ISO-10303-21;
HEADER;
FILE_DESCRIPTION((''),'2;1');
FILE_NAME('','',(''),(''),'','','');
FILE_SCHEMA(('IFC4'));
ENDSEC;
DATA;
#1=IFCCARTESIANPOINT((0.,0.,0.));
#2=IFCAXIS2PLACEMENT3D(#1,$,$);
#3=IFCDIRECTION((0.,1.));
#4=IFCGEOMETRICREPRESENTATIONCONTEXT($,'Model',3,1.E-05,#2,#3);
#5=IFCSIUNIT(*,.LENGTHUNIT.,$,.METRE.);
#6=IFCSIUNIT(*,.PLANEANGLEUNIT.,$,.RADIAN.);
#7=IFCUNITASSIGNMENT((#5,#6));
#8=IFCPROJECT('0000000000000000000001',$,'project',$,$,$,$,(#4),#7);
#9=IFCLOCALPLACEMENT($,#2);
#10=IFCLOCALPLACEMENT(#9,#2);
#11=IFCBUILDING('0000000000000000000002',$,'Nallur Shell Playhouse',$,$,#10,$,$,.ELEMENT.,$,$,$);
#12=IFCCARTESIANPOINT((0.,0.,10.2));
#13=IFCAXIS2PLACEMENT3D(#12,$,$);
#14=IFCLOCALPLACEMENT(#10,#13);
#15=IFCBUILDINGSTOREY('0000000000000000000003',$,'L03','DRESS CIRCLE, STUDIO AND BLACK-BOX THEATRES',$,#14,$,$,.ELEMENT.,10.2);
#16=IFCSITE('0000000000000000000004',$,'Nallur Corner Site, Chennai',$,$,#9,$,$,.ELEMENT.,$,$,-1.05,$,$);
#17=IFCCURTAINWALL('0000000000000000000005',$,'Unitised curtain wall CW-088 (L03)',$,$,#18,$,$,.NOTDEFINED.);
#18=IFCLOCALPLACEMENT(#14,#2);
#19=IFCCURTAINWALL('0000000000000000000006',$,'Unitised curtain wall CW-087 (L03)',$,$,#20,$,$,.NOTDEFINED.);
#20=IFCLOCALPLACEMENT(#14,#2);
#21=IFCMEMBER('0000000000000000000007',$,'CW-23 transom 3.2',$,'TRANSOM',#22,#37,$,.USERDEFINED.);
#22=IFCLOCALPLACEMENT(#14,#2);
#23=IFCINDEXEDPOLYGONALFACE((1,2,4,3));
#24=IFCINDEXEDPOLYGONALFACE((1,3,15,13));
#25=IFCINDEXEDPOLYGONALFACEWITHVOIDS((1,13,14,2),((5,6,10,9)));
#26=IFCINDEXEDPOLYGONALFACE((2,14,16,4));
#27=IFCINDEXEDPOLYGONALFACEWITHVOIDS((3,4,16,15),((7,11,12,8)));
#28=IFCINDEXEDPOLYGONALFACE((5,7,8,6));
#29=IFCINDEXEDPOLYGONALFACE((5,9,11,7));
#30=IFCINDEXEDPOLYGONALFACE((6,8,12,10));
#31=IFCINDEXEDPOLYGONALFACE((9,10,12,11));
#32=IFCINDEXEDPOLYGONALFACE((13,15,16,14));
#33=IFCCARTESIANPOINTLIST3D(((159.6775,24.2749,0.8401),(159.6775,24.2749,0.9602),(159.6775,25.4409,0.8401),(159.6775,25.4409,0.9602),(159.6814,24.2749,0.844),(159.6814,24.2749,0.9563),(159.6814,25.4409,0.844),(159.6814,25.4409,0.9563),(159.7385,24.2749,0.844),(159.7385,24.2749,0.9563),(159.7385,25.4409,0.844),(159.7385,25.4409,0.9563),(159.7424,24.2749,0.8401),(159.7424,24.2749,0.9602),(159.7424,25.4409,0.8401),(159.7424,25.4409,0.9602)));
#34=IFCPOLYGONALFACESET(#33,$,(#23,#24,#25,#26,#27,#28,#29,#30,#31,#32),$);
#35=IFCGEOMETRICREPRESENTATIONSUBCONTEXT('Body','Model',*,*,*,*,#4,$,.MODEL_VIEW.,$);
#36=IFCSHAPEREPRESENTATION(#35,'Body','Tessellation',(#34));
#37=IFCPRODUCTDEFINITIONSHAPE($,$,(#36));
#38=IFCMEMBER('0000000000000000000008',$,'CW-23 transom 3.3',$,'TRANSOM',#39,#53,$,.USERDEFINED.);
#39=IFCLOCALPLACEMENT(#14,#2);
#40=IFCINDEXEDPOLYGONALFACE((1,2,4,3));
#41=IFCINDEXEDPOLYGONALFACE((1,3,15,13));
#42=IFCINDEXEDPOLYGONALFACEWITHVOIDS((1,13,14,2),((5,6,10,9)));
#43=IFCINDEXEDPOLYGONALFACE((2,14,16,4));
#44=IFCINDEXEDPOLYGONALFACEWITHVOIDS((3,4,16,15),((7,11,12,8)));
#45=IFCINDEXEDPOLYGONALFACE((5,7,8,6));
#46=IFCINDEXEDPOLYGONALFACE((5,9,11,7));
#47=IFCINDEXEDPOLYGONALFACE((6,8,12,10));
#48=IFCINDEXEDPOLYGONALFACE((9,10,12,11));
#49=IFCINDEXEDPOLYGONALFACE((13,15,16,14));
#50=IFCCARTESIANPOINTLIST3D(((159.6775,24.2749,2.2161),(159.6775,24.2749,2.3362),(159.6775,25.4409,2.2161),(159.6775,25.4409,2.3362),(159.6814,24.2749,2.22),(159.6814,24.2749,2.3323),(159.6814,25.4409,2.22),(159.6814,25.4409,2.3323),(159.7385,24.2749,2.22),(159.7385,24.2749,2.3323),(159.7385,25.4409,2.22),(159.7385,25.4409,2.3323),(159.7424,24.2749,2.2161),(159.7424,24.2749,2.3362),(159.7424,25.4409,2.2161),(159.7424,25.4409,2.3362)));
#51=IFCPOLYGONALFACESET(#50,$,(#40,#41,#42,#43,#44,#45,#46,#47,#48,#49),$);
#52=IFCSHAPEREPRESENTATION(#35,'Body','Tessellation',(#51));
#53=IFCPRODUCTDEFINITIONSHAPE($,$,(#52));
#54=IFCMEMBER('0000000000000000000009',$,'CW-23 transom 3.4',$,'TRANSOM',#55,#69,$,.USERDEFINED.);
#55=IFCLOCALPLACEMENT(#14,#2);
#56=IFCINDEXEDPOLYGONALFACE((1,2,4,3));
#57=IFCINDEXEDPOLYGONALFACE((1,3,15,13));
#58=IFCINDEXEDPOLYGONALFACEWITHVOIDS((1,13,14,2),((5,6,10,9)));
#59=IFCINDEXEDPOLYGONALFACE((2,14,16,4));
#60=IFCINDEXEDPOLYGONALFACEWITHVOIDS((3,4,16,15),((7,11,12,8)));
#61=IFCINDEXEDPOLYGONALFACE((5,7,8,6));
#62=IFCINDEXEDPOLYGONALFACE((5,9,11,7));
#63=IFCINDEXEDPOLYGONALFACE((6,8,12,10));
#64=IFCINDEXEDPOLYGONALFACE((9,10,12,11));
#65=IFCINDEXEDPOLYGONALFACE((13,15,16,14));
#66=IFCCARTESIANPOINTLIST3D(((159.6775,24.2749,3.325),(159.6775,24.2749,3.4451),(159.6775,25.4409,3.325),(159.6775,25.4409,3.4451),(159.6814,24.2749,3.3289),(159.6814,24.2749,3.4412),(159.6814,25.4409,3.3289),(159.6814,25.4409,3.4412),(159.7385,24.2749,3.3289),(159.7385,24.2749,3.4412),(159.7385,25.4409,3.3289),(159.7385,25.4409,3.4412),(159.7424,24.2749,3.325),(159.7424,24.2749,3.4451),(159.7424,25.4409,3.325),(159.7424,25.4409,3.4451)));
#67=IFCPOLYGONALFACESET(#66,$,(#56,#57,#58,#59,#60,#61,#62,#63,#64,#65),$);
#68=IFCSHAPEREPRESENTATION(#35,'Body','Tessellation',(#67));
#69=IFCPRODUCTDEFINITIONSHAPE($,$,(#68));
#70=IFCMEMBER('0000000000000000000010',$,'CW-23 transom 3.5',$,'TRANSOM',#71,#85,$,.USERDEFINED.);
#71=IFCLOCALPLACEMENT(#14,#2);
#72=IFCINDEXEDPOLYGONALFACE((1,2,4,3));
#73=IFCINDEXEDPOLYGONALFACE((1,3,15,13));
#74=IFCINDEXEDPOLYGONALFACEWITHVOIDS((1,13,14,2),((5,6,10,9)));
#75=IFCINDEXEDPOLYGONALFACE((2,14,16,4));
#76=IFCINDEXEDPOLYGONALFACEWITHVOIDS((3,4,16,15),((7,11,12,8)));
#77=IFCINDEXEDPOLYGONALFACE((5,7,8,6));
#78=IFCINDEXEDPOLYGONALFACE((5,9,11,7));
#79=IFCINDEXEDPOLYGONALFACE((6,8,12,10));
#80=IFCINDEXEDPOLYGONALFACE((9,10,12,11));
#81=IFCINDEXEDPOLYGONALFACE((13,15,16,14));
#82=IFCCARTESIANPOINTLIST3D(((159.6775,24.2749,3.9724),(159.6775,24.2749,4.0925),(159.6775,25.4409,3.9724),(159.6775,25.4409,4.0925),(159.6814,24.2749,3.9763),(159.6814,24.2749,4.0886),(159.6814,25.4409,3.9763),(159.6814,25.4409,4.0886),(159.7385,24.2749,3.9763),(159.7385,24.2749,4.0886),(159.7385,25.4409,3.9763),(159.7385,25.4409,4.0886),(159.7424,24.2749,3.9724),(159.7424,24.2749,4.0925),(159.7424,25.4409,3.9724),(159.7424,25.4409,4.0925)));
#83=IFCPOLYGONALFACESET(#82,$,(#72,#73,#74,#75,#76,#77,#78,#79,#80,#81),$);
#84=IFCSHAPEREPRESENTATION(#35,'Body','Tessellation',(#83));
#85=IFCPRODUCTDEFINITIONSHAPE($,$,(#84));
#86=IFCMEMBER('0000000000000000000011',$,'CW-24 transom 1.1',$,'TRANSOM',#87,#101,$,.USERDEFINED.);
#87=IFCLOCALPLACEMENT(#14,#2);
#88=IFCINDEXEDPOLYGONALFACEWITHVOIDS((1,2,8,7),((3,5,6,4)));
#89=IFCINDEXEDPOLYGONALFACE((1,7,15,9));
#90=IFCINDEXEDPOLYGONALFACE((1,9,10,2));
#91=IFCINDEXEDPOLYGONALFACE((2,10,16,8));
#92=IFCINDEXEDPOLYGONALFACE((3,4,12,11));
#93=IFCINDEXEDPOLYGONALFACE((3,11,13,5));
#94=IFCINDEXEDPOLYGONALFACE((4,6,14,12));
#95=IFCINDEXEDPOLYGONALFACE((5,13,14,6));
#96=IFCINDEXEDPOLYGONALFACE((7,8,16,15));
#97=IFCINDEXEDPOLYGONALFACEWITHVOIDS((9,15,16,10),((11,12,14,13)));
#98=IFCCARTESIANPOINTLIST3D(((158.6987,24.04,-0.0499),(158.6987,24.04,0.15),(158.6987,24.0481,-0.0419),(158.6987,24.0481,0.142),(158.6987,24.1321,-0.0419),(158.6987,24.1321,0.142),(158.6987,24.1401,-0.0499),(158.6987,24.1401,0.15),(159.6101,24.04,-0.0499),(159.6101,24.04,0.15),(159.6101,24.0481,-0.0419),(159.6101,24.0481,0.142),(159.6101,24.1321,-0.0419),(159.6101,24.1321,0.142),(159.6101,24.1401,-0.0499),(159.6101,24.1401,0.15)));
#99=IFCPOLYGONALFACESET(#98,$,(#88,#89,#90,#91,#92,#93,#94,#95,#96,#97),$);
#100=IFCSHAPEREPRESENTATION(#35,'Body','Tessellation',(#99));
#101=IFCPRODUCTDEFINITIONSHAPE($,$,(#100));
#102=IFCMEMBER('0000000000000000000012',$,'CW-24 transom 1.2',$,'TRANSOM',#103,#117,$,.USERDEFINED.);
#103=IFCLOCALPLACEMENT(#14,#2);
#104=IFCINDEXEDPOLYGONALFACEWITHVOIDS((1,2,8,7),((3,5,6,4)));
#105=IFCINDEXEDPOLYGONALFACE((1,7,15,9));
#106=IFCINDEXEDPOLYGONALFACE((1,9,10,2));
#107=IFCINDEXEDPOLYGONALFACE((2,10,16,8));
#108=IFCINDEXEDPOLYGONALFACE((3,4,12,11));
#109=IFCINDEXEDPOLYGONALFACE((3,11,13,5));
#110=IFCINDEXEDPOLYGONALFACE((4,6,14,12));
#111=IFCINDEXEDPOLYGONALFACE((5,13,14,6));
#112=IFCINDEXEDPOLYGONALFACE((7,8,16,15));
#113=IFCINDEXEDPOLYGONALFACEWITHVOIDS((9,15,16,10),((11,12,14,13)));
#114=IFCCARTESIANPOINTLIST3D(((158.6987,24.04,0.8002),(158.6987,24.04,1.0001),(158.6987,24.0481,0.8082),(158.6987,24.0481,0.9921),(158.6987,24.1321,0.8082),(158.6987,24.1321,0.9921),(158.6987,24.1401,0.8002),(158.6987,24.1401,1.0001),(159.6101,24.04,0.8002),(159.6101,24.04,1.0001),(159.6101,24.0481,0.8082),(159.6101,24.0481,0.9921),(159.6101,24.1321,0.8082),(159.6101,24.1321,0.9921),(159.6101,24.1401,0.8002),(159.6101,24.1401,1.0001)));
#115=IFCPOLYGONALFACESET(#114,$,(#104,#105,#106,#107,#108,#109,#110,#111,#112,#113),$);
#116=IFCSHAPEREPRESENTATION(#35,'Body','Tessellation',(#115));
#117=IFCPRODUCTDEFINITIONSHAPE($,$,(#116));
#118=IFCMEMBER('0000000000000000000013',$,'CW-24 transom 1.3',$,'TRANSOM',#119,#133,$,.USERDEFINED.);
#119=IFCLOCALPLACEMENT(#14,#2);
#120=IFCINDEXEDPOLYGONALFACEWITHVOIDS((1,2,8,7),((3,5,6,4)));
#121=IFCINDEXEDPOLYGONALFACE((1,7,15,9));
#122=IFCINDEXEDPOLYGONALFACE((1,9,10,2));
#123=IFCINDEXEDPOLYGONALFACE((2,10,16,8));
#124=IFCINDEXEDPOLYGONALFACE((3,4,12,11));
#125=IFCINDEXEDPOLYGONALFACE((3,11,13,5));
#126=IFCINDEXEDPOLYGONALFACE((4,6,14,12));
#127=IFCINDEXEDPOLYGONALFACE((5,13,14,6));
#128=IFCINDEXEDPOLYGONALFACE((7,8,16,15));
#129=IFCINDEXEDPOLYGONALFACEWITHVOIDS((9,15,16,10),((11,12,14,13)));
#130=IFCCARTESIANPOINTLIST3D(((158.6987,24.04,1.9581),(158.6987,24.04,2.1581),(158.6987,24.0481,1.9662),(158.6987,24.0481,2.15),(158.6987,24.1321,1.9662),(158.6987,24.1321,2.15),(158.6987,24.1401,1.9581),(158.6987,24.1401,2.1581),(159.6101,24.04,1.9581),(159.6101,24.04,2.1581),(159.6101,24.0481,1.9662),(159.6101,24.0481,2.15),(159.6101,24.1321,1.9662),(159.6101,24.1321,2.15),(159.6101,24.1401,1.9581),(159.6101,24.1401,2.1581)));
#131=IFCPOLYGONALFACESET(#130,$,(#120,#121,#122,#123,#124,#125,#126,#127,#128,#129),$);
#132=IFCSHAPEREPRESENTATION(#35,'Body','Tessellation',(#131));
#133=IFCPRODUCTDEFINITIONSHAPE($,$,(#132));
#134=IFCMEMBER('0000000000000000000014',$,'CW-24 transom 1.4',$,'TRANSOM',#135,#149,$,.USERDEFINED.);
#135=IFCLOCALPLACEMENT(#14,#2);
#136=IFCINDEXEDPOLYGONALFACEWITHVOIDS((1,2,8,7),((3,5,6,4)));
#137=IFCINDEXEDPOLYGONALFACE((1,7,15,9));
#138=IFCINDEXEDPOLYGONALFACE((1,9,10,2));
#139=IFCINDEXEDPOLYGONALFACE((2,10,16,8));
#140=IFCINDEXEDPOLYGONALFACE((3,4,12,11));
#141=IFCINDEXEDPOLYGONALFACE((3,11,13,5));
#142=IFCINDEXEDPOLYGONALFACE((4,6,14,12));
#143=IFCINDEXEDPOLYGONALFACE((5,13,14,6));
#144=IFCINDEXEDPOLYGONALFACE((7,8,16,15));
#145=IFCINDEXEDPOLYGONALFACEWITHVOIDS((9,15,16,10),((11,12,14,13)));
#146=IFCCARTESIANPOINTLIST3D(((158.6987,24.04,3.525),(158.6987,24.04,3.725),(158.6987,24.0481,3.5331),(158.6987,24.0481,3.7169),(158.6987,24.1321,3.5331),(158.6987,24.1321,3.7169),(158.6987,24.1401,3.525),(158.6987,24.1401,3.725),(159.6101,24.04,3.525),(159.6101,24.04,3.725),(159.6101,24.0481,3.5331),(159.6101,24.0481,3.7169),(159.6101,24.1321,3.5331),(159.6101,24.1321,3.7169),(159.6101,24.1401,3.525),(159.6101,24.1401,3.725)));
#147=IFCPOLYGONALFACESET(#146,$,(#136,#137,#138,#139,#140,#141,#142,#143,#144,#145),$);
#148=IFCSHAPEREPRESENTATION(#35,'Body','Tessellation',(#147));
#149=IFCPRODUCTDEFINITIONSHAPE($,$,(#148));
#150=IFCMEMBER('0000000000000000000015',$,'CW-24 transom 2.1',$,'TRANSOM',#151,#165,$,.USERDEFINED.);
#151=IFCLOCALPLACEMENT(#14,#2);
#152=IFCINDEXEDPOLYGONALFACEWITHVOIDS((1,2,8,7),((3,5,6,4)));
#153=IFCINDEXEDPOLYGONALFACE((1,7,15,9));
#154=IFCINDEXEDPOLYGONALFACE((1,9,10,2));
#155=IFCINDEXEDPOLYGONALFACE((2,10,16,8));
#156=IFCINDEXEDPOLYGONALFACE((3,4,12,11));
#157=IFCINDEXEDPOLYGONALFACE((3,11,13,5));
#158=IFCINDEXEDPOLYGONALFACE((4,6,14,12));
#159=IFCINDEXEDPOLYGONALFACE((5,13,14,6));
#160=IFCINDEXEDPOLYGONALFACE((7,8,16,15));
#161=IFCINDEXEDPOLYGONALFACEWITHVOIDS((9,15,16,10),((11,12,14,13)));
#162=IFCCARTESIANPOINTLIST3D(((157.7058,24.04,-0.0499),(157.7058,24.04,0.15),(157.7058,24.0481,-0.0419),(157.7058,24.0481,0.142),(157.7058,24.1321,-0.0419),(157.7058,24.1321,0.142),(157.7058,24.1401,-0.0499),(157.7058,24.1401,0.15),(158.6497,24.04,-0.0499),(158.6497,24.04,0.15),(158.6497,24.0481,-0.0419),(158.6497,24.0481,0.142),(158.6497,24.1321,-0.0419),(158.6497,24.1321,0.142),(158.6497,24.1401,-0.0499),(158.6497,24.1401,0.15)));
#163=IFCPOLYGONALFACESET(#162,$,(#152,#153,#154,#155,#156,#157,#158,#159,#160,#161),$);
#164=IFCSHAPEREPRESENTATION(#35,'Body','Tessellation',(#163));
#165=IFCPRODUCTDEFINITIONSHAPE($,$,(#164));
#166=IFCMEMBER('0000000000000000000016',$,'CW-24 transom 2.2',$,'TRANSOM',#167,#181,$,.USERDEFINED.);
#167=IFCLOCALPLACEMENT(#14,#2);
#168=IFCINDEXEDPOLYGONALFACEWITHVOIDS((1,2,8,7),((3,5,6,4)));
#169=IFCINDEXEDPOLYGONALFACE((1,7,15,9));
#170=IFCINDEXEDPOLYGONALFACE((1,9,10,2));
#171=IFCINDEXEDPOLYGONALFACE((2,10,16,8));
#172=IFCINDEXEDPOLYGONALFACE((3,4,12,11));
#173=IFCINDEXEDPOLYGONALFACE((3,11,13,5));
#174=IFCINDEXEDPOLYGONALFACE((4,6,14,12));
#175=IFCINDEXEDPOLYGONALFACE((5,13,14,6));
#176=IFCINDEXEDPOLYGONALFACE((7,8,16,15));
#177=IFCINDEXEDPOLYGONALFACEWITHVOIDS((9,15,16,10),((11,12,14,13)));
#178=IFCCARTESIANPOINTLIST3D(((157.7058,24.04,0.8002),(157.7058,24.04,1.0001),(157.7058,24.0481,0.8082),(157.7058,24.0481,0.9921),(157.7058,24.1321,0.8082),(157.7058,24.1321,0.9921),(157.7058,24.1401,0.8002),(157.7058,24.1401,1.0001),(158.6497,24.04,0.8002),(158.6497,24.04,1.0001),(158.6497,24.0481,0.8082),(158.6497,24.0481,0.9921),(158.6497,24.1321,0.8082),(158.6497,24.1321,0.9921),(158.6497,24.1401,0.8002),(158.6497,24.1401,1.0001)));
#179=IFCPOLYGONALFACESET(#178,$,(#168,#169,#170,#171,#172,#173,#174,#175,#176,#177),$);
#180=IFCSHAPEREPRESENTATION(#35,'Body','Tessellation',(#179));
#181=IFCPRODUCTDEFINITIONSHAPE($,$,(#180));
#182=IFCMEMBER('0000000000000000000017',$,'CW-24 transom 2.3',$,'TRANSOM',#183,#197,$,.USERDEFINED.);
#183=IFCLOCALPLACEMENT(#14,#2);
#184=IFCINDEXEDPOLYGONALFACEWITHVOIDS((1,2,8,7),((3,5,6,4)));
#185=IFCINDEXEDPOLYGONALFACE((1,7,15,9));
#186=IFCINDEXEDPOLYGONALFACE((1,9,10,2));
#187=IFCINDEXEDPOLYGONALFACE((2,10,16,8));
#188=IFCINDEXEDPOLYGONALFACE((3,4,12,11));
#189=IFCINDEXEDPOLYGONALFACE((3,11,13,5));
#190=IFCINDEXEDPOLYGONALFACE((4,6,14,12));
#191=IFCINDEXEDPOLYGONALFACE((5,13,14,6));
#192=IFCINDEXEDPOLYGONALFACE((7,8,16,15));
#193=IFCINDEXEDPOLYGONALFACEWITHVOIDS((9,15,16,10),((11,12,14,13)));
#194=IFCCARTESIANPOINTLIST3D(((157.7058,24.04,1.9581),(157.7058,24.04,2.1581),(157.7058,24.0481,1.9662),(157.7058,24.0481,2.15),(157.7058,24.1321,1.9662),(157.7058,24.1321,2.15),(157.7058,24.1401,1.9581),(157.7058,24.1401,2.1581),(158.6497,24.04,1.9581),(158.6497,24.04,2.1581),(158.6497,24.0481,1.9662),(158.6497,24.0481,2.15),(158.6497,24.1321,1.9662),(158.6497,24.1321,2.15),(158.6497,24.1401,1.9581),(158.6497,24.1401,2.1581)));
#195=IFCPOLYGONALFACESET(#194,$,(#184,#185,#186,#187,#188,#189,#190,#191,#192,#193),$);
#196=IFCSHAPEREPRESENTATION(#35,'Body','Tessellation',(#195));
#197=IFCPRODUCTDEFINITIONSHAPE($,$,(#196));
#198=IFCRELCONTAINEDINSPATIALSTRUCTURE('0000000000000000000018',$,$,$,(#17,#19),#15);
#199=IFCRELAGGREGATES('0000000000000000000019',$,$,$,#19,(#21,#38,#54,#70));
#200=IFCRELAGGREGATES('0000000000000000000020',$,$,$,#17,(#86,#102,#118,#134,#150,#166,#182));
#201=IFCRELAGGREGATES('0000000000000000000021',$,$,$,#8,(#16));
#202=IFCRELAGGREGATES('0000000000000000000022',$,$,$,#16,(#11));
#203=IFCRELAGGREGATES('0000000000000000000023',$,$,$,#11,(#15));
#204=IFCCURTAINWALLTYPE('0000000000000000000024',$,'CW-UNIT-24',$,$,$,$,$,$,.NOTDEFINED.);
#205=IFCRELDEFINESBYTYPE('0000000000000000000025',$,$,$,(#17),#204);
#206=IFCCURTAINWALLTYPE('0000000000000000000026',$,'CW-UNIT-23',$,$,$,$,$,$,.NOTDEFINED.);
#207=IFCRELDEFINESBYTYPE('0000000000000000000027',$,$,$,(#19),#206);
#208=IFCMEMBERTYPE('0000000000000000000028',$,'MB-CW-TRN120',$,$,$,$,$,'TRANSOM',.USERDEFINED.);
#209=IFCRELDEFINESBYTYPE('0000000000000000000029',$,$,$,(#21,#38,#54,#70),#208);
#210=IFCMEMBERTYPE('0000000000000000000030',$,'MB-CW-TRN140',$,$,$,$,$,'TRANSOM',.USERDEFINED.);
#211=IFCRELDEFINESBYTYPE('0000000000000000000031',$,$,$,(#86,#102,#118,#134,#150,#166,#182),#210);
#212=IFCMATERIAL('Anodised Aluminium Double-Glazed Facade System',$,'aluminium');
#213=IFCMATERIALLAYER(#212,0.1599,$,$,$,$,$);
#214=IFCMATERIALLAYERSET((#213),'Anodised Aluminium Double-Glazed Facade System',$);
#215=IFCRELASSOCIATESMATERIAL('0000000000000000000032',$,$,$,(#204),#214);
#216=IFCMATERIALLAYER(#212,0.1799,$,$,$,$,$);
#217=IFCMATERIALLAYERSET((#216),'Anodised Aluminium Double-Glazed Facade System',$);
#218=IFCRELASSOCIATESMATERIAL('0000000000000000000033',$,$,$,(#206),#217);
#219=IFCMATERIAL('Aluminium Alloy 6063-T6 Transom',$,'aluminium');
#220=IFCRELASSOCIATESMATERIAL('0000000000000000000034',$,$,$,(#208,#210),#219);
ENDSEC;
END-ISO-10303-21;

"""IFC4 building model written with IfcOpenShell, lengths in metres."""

from ifc_helpers import new_model, si_unit, direction, frame, origin, origin_2d, place, context, subcontext, project, spatial, hollow_rectangle, extrude, material, layer, layer_set, material_profile, profile_set, type_object, element, aggregate, save


model = new_model("IFC4")

# Units and contexts
model_context = context("Model", 3, precision=1e-05, world=origin(), true_north=direction((0.0, 1.0)))
body_context = subcontext(model_context, "Body", "Model", "MODEL_VIEW")
ifc_project = project(units=[si_unit("LENGTHUNIT", "METRE"), si_unit("PLANEANGLEUNIT", "RADIAN")], contexts=[model_context])

# Site, building, storey
site_placement = place(None, origin())
site = spatial("IfcSite", under=ifc_project, at=site_placement, Name="Nallur Corner Site, Chennai", CompositionType="ELEMENT", RefElevation=-1.05)
building_placement = place(site_placement, origin())
building = spatial("IfcBuilding", under=site, at=building_placement, Name="Nallur Shell Playhouse", CompositionType="ELEMENT")
storey_placement = place(building_placement, frame((0.0, 0.0, 10.2)))
storey = spatial("IfcBuildingStorey", under=building, at=storey_placement, Name="L03", Description="DRESS CIRCLE, STUDIO AND BLACK-BOX THEATRES", CompositionType="ELEMENT", Elevation=10.2)

# Curtain walls, members
ifc_material_1 = material(Name="Anodised Aluminium Double-Glazed Facade System", Category="aluminium")
ifc_layer_1 = layer(ifc_material_1, 0.1599)
ifc_layer_set_1 = layer_set([ifc_layer_1], Name="Anodised Aluminium Double-Glazed Facade System")
curtain_wall_type_1 = type_object("IfcCurtainWallType", Name="CW-UNIT-24", PredefinedType="NOTDEFINED", material=ifc_layer_set_1)
curtain_wall_1_placement = place(storey_placement, origin())
curtain_wall_1 = element("IfcCurtainWall", 1, at=curtain_wall_1_placement, inside=storey, type_object=curtain_wall_type_1, Name="Unitised curtain wall CW-088 (L03)", PredefinedType="NOTDEFINED")
ifc_layer_2 = layer(ifc_material_1, 0.1799)
ifc_layer_set_2 = layer_set([ifc_layer_2], Name="Anodised Aluminium Double-Glazed Facade System")
curtain_wall_type_2 = type_object("IfcCurtainWallType", Name="CW-UNIT-23", PredefinedType="NOTDEFINED", material=ifc_layer_set_2)
curtain_wall_2_placement = place(storey_placement, origin())
curtain_wall_2 = element("IfcCurtainWall", 2, at=curtain_wall_2_placement, inside=storey, type_object=curtain_wall_type_2, Name="Unitised curtain wall CW-087 (L03)", PredefinedType="NOTDEFINED")
ifc_material_2 = material(Name="Aluminium Alloy 6063-T6 Transom", Category="aluminium")
ifc_material_profile_1 = material_profile(ifc_material_2, hollow_rectangle(XDim=0.0649, YDim=0.1201, WallThickness=0.0039, at=origin_2d()), Name="ALU 65x120x4")
ifc_profile_set_1 = profile_set([ifc_material_profile_1], Name="Aluminium Alloy 6063-T6 Transom")
member_type_1 = type_object("IfcMemberType", Name="MB-CW-TRN120", ElementType="TRANSOM", PredefinedType="USERDEFINED", material=ifc_profile_set_1)
member_1_placement = place(storey_placement, frame((159.71, 25.4409, 0.9001), z_axis=(0.0, -1.0, 0.0), x_axis=(1.0, 0.0, 0.0)))
member_1 = element("IfcMember", 3, at=member_1_placement, type_object=member_type_1, Name="CW-23 transom 3.2", ObjectType="TRANSOM", PredefinedType="USERDEFINED", context=body_context, shape_type="SweptSolid", body=[
    extrude(hollow_rectangle(XDim=0.0649, YDim=0.1201, WallThickness=0.0039, at=origin_2d()), origin(), (0.0, 0.0, 1.0), 1.166),
])
member_2_placement = place(storey_placement, frame((159.71, 25.4409, 2.2761), z_axis=(0.0, -1.0, 0.0), x_axis=(1.0, 0.0, 0.0)))
member_2 = element("IfcMember", 4, at=member_2_placement, type_object=member_type_1, Name="CW-23 transom 3.3", ObjectType="TRANSOM", PredefinedType="USERDEFINED", context=body_context, shape_type="SweptSolid", body=[
    extrude(hollow_rectangle(XDim=0.0649, YDim=0.1201, WallThickness=0.0039, at=origin_2d()), origin(), (0.0, 0.0, 1.0), 1.166),
])
member_3_placement = place(storey_placement, frame((159.71, 25.4409, 3.385), z_axis=(0.0, -1.0, 0.0), x_axis=(1.0, 0.0, 0.0)))
member_3 = element("IfcMember", 5, at=member_3_placement, type_object=member_type_1, Name="CW-23 transom 3.4", ObjectType="TRANSOM", PredefinedType="USERDEFINED", context=body_context, shape_type="SweptSolid", body=[
    extrude(hollow_rectangle(XDim=0.0649, YDim=0.1201, WallThickness=0.0039, at=origin_2d()), origin(), (0.0, 0.0, 1.0), 1.166),
])
member_4_placement = place(storey_placement, frame((159.71, 25.4409, 4.0325), z_axis=(0.0, -1.0, 0.0), x_axis=(1.0, 0.0, 0.0)))
member_4 = element("IfcMember", 6, at=member_4_placement, type_object=member_type_1, Name="CW-23 transom 3.5", ObjectType="TRANSOM", PredefinedType="USERDEFINED", context=body_context, shape_type="SweptSolid", body=[
    extrude(hollow_rectangle(XDim=0.0649, YDim=0.1201, WallThickness=0.0039, at=origin_2d()), origin(), (0.0, 0.0, 1.0), 1.166),
])

# Members
ifc_material_profile_2 = material_profile(ifc_material_2, hollow_rectangle(XDim=0.1001, YDim=0.2, WallThickness=0.0081, at=origin_2d()), Name="RHS 200x100x8")
ifc_profile_set_2 = profile_set([ifc_material_profile_2], Name="Aluminium Alloy 6063-T6 Transom")
member_type_2 = type_object("IfcMemberType", Name="MB-CW-TRN140", ElementType="TRANSOM", PredefinedType="USERDEFINED", material=ifc_profile_set_2)
member_5_placement = place(storey_placement, frame((159.6101, 24.0901, 0.05), z_axis=(-1.0, 0.0, 0.0), x_axis=(0.0, -1.0, 0.0)))
member_5 = element("IfcMember", 7, at=member_5_placement, type_object=member_type_2, Name="CW-24 transom 1.1", ObjectType="TRANSOM", PredefinedType="USERDEFINED", context=body_context, shape_type="SweptSolid", body=[
    extrude(hollow_rectangle(XDim=0.1001, YDim=0.2, WallThickness=0.0081, at=origin_2d()), origin(), (0.0, 0.0, 1.0), 0.9114),
])
member_6_placement = place(storey_placement, frame((159.6101, 24.0901, 0.9001), z_axis=(-1.0, 0.0, 0.0), x_axis=(0.0, -1.0, 0.0)))
member_6 = element("IfcMember", 8, at=member_6_placement, type_object=member_type_2, Name="CW-24 transom 1.2", ObjectType="TRANSOM", PredefinedType="USERDEFINED", context=body_context, shape_type="SweptSolid", body=[
    extrude(hollow_rectangle(XDim=0.1001, YDim=0.2, WallThickness=0.0081, at=origin_2d()), origin(), (0.0, 0.0, 1.0), 0.9114),
])
member_7_placement = place(storey_placement, frame((159.6101, 24.0901, 2.0581), z_axis=(-1.0, 0.0, 0.0), x_axis=(0.0, -1.0, 0.0)))
member_7 = element("IfcMember", 9, at=member_7_placement, type_object=member_type_2, Name="CW-24 transom 1.3", ObjectType="TRANSOM", PredefinedType="USERDEFINED", context=body_context, shape_type="SweptSolid", body=[
    extrude(hollow_rectangle(XDim=0.1001, YDim=0.2, WallThickness=0.0081, at=origin_2d()), origin(), (0.0, 0.0, 1.0), 0.9114),
])
member_8_placement = place(storey_placement, frame((159.6101, 24.0901, 3.625), z_axis=(-1.0, 0.0, 0.0), x_axis=(0.0, -1.0, 0.0)))
member_8 = element("IfcMember", 10, at=member_8_placement, type_object=member_type_2, Name="CW-24 transom 1.4", ObjectType="TRANSOM", PredefinedType="USERDEFINED", context=body_context, shape_type="SweptSolid", body=[
    extrude(hollow_rectangle(XDim=0.1001, YDim=0.2, WallThickness=0.0081, at=origin_2d()), origin(), (0.0, 0.0, 1.0), 0.9114),
])
member_9_placement = place(storey_placement, frame((158.6497, 24.0901, 0.05), z_axis=(-1.0, 0.0, 0.0), x_axis=(0.0, -1.0, 0.0)))
member_9 = element("IfcMember", 11, at=member_9_placement, type_object=member_type_2, Name="CW-24 transom 2.1", ObjectType="TRANSOM", PredefinedType="USERDEFINED", context=body_context, shape_type="SweptSolid", body=[
    extrude(hollow_rectangle(XDim=0.1001, YDim=0.2, WallThickness=0.0081, at=origin_2d()), origin(), (0.0, 0.0, 1.0), 0.9438),
])
member_10_placement = place(storey_placement, frame((158.6497, 24.0901, 0.9001), z_axis=(-1.0, 0.0, 0.0), x_axis=(0.0, -1.0, 0.0)))
member_10 = element("IfcMember", 12, at=member_10_placement, type_object=member_type_2, Name="CW-24 transom 2.2", ObjectType="TRANSOM", PredefinedType="USERDEFINED", context=body_context, shape_type="SweptSolid", body=[
    extrude(hollow_rectangle(XDim=0.1001, YDim=0.2, WallThickness=0.0081, at=origin_2d()), origin(), (0.0, 0.0, 1.0), 0.9438),
])
member_11_placement = place(storey_placement, frame((158.6497, 24.0901, 2.0581), z_axis=(-1.0, 0.0, 0.0), x_axis=(0.0, -1.0, 0.0)))
member_11 = element("IfcMember", 13, at=member_11_placement, type_object=member_type_2, Name="CW-24 transom 2.3", ObjectType="TRANSOM", PredefinedType="USERDEFINED", context=body_context, shape_type="SweptSolid", body=[
    extrude(hollow_rectangle(XDim=0.1001, YDim=0.2, WallThickness=0.0081, at=origin_2d()), origin(), (0.0, 0.0, 1.0), 0.9438),
])

aggregate(curtain_wall_2, [member_1, member_2, member_3, member_4])
aggregate(curtain_wall_1, [member_5, member_6, member_7, member_8, member_9, member_10, member_11])

save(model, "model.ifc")
